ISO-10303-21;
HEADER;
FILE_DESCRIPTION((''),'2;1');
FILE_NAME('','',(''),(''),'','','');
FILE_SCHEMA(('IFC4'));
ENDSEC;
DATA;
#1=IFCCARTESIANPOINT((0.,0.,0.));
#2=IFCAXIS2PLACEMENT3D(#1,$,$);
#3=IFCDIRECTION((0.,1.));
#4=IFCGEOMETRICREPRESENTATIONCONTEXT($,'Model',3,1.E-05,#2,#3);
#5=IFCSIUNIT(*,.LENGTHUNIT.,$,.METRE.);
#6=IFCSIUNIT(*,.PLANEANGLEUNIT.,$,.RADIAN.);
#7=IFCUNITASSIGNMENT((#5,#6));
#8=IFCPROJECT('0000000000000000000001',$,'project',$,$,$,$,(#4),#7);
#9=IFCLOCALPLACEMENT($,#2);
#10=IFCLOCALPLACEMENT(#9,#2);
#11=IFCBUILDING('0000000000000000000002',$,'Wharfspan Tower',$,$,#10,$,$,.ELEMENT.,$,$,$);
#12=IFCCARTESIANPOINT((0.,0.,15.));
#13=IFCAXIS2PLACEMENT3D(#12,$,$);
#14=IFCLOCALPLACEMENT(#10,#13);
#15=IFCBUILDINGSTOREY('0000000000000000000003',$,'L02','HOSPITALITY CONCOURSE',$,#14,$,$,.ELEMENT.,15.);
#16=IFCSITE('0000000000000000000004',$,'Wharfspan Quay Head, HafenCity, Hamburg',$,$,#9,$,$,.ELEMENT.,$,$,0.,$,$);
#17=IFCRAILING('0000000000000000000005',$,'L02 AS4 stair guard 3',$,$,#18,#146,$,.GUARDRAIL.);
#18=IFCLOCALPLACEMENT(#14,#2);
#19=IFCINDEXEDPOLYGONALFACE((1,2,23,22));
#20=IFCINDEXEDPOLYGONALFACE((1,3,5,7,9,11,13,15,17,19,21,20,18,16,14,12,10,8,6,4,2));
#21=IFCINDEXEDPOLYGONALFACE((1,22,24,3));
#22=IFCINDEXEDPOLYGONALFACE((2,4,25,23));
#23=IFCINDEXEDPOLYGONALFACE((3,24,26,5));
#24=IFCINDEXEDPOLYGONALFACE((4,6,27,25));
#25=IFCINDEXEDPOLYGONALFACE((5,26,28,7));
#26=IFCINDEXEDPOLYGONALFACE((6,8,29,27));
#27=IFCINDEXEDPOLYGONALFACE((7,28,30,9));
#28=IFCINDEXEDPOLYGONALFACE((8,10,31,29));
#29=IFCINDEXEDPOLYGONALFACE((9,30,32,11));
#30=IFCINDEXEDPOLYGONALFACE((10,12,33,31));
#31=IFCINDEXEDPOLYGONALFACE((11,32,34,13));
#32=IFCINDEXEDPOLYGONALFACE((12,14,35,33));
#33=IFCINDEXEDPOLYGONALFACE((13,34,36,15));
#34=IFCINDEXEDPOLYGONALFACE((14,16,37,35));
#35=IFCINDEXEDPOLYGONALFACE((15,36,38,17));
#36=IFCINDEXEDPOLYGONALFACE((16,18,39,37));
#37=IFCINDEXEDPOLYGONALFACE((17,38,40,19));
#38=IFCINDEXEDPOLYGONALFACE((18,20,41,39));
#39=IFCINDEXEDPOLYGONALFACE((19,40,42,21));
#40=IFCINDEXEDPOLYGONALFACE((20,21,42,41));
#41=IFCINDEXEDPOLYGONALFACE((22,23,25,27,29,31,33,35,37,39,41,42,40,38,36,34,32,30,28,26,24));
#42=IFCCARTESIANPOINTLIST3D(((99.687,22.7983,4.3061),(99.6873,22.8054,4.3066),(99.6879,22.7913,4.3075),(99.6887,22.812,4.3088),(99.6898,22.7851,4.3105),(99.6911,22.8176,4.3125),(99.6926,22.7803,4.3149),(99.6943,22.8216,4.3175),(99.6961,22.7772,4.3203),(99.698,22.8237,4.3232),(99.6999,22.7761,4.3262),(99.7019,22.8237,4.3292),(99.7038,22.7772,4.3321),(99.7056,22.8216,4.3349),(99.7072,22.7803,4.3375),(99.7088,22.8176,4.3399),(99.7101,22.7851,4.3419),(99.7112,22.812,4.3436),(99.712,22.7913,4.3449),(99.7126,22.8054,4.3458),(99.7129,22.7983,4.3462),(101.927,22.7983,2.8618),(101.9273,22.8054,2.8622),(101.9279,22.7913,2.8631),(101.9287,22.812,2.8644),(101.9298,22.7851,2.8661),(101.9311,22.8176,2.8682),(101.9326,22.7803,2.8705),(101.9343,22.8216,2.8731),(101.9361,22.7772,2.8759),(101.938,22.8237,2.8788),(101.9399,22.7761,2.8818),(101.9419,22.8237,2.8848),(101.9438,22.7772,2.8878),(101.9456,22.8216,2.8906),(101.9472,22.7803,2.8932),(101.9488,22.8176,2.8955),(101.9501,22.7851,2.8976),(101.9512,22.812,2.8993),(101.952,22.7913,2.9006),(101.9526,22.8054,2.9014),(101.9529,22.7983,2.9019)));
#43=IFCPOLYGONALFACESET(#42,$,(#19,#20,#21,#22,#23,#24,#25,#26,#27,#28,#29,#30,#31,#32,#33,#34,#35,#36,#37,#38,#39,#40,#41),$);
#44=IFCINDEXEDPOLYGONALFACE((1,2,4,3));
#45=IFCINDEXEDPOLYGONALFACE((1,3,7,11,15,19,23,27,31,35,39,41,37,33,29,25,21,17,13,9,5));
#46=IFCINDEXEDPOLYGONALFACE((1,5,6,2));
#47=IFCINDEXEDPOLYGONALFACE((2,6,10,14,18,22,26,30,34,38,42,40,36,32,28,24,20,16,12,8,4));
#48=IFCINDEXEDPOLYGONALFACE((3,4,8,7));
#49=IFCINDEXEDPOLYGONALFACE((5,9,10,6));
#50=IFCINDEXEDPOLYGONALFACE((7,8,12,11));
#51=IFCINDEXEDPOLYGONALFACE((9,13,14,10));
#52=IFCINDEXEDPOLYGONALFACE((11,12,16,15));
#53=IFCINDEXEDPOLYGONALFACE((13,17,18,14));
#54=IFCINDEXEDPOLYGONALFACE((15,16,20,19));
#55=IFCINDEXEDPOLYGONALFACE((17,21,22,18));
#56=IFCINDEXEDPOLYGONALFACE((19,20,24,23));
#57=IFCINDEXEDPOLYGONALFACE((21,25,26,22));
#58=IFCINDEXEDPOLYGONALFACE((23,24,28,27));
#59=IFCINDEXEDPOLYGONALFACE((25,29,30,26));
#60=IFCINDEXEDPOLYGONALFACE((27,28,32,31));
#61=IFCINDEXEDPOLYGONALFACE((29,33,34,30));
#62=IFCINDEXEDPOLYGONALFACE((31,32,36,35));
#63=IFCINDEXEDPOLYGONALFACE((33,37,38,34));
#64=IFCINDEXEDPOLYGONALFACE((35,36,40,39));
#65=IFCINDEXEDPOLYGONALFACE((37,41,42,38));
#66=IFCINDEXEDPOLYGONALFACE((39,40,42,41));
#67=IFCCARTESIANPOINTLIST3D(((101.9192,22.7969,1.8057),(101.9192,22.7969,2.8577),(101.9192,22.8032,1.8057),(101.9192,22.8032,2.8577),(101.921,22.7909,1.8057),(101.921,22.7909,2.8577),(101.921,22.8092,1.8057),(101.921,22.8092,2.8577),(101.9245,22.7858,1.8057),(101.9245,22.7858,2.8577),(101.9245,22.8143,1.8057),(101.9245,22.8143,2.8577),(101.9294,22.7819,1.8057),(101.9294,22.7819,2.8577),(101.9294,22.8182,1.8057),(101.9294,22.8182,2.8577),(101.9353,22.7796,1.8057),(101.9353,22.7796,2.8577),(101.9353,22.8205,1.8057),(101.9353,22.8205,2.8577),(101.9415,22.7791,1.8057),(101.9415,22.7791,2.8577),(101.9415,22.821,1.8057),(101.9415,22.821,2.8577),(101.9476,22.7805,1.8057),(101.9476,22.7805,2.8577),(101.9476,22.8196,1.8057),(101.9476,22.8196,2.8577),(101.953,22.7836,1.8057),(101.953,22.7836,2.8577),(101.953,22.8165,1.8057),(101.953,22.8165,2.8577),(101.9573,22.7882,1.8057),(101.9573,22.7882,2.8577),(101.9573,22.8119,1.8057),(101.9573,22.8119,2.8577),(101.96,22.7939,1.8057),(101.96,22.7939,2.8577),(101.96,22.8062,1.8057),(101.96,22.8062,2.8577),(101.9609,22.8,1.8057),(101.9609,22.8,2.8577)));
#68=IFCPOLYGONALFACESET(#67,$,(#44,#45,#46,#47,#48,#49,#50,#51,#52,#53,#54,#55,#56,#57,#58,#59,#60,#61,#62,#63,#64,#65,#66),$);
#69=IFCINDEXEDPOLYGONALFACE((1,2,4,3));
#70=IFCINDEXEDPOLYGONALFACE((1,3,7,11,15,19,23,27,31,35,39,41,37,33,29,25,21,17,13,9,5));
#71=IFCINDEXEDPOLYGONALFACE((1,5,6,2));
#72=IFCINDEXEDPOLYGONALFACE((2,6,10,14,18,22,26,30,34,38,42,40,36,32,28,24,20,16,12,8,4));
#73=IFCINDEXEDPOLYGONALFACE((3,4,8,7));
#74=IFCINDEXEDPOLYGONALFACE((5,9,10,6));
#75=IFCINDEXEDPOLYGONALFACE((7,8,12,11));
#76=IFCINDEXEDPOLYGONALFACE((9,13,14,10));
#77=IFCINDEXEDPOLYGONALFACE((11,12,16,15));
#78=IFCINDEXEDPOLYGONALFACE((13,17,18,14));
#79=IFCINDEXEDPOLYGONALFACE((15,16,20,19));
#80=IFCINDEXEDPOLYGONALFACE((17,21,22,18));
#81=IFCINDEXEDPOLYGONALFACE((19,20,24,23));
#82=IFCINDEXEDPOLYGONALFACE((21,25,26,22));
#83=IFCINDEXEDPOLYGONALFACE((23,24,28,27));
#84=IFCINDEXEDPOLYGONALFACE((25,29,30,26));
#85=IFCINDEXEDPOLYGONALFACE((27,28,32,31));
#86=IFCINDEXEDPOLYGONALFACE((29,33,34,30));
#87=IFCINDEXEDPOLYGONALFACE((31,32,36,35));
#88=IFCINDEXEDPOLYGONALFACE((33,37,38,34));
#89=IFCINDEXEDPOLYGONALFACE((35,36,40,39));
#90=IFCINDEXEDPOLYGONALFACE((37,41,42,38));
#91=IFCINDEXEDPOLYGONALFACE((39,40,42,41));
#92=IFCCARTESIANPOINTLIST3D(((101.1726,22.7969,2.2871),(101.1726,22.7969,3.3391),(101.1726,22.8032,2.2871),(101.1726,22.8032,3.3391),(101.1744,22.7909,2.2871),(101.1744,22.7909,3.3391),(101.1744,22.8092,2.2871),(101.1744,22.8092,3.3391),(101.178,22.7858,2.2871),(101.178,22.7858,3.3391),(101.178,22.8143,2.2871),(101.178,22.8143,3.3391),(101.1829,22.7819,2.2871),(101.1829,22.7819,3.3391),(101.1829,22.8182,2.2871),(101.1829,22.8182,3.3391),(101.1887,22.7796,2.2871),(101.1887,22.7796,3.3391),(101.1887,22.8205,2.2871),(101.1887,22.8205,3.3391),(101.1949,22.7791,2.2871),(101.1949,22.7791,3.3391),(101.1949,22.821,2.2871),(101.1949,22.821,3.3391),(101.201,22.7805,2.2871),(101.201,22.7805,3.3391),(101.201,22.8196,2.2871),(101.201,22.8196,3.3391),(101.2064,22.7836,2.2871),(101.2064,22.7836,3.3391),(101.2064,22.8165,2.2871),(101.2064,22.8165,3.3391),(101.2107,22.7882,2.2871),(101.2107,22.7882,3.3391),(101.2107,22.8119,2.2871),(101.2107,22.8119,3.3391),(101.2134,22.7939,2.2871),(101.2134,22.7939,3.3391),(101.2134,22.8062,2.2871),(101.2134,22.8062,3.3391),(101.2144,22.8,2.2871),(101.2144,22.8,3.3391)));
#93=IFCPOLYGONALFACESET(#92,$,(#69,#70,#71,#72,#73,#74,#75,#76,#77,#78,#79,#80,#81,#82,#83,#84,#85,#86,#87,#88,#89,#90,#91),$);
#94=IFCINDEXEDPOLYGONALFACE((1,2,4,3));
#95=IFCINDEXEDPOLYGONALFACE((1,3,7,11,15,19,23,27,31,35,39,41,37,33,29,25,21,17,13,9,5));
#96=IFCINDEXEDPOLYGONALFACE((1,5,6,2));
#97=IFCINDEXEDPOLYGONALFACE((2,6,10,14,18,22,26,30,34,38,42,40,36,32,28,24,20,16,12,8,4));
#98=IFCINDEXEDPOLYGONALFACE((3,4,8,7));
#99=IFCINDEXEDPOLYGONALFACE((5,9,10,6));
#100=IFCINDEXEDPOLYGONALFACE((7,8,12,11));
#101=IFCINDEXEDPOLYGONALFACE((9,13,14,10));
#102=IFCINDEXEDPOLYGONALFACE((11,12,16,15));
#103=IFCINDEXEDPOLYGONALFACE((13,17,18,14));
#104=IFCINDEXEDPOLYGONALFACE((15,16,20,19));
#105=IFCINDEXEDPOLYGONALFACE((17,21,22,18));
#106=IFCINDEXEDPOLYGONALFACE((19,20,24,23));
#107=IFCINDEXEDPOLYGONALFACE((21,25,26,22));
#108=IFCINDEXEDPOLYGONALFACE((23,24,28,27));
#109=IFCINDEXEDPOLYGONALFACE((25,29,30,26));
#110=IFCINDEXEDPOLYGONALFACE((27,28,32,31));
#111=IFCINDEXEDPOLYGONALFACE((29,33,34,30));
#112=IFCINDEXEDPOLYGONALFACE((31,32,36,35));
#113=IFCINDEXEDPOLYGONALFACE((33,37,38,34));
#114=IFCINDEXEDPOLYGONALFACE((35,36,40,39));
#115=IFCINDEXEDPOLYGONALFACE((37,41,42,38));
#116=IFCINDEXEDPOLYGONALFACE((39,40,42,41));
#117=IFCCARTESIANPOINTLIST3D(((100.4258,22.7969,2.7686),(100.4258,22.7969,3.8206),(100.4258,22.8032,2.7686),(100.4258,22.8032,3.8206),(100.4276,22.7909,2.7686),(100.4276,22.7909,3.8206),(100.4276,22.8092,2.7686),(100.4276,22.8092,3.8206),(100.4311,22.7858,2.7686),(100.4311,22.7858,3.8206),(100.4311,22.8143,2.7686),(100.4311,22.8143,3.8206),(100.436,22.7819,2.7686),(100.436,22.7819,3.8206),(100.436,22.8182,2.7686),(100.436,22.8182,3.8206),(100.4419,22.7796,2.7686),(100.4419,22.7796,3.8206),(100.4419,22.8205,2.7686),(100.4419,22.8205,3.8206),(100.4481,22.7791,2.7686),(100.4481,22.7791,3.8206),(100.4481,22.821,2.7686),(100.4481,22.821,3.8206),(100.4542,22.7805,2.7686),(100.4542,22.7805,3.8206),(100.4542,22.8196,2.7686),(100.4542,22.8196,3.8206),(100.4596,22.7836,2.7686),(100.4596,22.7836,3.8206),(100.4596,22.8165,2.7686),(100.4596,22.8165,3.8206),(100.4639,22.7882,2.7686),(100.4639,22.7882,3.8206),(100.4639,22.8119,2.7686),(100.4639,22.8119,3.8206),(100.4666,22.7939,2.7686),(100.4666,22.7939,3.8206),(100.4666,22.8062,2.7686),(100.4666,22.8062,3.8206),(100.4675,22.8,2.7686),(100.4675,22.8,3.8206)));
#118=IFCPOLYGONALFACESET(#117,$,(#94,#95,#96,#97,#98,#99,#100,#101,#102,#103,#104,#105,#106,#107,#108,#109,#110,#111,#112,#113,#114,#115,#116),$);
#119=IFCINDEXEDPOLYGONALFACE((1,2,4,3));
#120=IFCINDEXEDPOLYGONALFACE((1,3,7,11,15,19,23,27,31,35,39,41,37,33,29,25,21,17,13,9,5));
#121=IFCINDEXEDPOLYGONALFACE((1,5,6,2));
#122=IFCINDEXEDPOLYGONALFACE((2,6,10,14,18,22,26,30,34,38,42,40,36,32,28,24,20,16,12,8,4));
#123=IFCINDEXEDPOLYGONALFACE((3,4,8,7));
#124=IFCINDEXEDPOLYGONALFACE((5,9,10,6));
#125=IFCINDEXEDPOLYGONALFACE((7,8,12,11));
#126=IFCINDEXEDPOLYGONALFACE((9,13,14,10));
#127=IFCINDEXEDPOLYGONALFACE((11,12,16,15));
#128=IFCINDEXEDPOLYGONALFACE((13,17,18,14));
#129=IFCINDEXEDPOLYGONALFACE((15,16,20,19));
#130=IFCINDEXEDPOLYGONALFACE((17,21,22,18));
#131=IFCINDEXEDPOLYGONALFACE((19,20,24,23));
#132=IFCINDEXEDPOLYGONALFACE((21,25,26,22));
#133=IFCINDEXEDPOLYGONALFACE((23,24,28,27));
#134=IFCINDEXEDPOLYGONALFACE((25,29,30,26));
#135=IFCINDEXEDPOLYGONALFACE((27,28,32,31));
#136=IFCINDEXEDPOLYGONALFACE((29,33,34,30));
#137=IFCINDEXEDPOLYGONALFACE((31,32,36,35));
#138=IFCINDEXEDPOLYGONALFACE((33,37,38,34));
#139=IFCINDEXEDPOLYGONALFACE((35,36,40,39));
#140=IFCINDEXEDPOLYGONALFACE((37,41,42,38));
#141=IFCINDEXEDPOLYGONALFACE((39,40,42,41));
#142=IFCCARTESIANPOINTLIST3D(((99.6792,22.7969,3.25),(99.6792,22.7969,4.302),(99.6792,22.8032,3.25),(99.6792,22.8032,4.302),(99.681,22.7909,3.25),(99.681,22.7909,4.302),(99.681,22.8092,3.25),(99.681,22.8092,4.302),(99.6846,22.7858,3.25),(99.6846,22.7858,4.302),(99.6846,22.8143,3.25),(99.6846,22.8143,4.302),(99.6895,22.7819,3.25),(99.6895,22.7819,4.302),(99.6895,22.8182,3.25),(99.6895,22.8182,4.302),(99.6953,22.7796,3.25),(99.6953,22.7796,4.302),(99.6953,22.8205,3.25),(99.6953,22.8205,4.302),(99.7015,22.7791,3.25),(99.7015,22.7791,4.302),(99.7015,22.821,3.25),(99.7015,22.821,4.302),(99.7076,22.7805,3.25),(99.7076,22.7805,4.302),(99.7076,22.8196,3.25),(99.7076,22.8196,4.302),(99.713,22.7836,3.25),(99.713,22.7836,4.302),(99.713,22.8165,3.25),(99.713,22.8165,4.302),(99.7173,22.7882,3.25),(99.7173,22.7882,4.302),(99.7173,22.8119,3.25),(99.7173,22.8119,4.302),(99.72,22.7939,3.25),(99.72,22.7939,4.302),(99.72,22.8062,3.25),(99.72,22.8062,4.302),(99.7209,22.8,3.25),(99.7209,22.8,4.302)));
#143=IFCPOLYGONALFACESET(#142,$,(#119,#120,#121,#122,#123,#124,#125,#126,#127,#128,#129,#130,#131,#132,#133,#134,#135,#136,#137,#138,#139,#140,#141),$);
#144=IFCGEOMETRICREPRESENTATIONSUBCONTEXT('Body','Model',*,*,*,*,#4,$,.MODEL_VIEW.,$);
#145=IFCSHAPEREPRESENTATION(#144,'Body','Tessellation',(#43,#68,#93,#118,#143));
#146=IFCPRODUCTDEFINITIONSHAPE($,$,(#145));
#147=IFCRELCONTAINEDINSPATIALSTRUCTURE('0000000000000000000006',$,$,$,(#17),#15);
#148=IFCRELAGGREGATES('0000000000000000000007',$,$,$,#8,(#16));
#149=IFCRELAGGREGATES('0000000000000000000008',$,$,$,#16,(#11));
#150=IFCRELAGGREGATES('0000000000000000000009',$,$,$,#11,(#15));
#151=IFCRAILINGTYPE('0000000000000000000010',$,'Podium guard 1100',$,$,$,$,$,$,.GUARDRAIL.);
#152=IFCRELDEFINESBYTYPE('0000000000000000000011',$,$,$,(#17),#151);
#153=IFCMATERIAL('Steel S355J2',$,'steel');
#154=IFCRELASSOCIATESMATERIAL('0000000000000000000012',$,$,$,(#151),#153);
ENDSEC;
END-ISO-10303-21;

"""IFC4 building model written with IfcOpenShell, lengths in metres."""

from ifc_helpers import new_model, si_unit, direction, frame, origin, origin_2d, place, context, subcontext, project, spatial, circle, extrude, material, type_object, element, save


model = new_model("IFC4")

# Units and contexts
model_context = context("Model", 3, precision=1e-05, world=origin(), true_north=direction((0.0, 1.0)))
body_context = subcontext(model_context, "Body", "Model", "MODEL_VIEW")
ifc_project = project(units=[si_unit("LENGTHUNIT", "METRE"), si_unit("PLANEANGLEUNIT", "RADIAN")], contexts=[model_context])

# Site, building, storey
site_placement = place(None, origin())
site = spatial("IfcSite", under=ifc_project, at=site_placement, Name="Wharfspan Quay Head, HafenCity, Hamburg", CompositionType="ELEMENT", RefElevation=0.0)
building_placement = place(site_placement, origin())
building = spatial("IfcBuilding", under=site, at=building_placement, Name="Wharfspan Tower", CompositionType="ELEMENT")
storey_placement = place(building_placement, frame((0.0, 0.0, 15.0)))
storey = spatial("IfcBuildingStorey", under=building, at=storey_placement, Name="L02", Description="HOSPITALITY CONCOURSE", CompositionType="ELEMENT", Elevation=15.0)

# Railing
ifc_material_1 = material(Name="Steel S355J2", Category="steel")
railing_type_1 = type_object("IfcRailingType", Name="Podium guard 1100", PredefinedType="GUARDRAIL", material=ifc_material_1)
railing_1_placement = place(storey_placement, frame((101.9399, 22.8, 1.8057)))
element("IfcRailing", 1, at=railing_1_placement, inside=storey, type_object=railing_type_1, Name="L02 AS4 stair guard 3", PredefinedType="GUARDRAIL", context=body_context, shape_type="SweptSolid", body=[
    extrude(circle(Radius=0.0239, at=origin_2d()), frame((0.0, 0.0, 1.0762), z_axis=(-0.840437, 0.0, 0.54191), x_axis=(0.0, -1.0, 0.0)), (0.0, 0.0, 1.0), 2.6653),
    extrude(circle(Radius=0.021, at=origin_2d()), origin(), (0.0, 0.0, 1.0), 1.052),
    extrude(circle(Radius=0.021, at=origin_2d()), frame((-0.7466, 0.0, 0.4814)), (0.0, 0.0, 1.0), 1.052),
    extrude(circle(Radius=0.021, at=origin_2d()), frame((-1.4934, 0.0, 0.9629)), (0.0, 0.0, 1.0), 1.052),
    extrude(circle(Radius=0.021, at=origin_2d()), frame((-2.24, 0.0, 1.4443)), (0.0, 0.0, 1.0), 1.052),
])

save(model, "model.ifc")
